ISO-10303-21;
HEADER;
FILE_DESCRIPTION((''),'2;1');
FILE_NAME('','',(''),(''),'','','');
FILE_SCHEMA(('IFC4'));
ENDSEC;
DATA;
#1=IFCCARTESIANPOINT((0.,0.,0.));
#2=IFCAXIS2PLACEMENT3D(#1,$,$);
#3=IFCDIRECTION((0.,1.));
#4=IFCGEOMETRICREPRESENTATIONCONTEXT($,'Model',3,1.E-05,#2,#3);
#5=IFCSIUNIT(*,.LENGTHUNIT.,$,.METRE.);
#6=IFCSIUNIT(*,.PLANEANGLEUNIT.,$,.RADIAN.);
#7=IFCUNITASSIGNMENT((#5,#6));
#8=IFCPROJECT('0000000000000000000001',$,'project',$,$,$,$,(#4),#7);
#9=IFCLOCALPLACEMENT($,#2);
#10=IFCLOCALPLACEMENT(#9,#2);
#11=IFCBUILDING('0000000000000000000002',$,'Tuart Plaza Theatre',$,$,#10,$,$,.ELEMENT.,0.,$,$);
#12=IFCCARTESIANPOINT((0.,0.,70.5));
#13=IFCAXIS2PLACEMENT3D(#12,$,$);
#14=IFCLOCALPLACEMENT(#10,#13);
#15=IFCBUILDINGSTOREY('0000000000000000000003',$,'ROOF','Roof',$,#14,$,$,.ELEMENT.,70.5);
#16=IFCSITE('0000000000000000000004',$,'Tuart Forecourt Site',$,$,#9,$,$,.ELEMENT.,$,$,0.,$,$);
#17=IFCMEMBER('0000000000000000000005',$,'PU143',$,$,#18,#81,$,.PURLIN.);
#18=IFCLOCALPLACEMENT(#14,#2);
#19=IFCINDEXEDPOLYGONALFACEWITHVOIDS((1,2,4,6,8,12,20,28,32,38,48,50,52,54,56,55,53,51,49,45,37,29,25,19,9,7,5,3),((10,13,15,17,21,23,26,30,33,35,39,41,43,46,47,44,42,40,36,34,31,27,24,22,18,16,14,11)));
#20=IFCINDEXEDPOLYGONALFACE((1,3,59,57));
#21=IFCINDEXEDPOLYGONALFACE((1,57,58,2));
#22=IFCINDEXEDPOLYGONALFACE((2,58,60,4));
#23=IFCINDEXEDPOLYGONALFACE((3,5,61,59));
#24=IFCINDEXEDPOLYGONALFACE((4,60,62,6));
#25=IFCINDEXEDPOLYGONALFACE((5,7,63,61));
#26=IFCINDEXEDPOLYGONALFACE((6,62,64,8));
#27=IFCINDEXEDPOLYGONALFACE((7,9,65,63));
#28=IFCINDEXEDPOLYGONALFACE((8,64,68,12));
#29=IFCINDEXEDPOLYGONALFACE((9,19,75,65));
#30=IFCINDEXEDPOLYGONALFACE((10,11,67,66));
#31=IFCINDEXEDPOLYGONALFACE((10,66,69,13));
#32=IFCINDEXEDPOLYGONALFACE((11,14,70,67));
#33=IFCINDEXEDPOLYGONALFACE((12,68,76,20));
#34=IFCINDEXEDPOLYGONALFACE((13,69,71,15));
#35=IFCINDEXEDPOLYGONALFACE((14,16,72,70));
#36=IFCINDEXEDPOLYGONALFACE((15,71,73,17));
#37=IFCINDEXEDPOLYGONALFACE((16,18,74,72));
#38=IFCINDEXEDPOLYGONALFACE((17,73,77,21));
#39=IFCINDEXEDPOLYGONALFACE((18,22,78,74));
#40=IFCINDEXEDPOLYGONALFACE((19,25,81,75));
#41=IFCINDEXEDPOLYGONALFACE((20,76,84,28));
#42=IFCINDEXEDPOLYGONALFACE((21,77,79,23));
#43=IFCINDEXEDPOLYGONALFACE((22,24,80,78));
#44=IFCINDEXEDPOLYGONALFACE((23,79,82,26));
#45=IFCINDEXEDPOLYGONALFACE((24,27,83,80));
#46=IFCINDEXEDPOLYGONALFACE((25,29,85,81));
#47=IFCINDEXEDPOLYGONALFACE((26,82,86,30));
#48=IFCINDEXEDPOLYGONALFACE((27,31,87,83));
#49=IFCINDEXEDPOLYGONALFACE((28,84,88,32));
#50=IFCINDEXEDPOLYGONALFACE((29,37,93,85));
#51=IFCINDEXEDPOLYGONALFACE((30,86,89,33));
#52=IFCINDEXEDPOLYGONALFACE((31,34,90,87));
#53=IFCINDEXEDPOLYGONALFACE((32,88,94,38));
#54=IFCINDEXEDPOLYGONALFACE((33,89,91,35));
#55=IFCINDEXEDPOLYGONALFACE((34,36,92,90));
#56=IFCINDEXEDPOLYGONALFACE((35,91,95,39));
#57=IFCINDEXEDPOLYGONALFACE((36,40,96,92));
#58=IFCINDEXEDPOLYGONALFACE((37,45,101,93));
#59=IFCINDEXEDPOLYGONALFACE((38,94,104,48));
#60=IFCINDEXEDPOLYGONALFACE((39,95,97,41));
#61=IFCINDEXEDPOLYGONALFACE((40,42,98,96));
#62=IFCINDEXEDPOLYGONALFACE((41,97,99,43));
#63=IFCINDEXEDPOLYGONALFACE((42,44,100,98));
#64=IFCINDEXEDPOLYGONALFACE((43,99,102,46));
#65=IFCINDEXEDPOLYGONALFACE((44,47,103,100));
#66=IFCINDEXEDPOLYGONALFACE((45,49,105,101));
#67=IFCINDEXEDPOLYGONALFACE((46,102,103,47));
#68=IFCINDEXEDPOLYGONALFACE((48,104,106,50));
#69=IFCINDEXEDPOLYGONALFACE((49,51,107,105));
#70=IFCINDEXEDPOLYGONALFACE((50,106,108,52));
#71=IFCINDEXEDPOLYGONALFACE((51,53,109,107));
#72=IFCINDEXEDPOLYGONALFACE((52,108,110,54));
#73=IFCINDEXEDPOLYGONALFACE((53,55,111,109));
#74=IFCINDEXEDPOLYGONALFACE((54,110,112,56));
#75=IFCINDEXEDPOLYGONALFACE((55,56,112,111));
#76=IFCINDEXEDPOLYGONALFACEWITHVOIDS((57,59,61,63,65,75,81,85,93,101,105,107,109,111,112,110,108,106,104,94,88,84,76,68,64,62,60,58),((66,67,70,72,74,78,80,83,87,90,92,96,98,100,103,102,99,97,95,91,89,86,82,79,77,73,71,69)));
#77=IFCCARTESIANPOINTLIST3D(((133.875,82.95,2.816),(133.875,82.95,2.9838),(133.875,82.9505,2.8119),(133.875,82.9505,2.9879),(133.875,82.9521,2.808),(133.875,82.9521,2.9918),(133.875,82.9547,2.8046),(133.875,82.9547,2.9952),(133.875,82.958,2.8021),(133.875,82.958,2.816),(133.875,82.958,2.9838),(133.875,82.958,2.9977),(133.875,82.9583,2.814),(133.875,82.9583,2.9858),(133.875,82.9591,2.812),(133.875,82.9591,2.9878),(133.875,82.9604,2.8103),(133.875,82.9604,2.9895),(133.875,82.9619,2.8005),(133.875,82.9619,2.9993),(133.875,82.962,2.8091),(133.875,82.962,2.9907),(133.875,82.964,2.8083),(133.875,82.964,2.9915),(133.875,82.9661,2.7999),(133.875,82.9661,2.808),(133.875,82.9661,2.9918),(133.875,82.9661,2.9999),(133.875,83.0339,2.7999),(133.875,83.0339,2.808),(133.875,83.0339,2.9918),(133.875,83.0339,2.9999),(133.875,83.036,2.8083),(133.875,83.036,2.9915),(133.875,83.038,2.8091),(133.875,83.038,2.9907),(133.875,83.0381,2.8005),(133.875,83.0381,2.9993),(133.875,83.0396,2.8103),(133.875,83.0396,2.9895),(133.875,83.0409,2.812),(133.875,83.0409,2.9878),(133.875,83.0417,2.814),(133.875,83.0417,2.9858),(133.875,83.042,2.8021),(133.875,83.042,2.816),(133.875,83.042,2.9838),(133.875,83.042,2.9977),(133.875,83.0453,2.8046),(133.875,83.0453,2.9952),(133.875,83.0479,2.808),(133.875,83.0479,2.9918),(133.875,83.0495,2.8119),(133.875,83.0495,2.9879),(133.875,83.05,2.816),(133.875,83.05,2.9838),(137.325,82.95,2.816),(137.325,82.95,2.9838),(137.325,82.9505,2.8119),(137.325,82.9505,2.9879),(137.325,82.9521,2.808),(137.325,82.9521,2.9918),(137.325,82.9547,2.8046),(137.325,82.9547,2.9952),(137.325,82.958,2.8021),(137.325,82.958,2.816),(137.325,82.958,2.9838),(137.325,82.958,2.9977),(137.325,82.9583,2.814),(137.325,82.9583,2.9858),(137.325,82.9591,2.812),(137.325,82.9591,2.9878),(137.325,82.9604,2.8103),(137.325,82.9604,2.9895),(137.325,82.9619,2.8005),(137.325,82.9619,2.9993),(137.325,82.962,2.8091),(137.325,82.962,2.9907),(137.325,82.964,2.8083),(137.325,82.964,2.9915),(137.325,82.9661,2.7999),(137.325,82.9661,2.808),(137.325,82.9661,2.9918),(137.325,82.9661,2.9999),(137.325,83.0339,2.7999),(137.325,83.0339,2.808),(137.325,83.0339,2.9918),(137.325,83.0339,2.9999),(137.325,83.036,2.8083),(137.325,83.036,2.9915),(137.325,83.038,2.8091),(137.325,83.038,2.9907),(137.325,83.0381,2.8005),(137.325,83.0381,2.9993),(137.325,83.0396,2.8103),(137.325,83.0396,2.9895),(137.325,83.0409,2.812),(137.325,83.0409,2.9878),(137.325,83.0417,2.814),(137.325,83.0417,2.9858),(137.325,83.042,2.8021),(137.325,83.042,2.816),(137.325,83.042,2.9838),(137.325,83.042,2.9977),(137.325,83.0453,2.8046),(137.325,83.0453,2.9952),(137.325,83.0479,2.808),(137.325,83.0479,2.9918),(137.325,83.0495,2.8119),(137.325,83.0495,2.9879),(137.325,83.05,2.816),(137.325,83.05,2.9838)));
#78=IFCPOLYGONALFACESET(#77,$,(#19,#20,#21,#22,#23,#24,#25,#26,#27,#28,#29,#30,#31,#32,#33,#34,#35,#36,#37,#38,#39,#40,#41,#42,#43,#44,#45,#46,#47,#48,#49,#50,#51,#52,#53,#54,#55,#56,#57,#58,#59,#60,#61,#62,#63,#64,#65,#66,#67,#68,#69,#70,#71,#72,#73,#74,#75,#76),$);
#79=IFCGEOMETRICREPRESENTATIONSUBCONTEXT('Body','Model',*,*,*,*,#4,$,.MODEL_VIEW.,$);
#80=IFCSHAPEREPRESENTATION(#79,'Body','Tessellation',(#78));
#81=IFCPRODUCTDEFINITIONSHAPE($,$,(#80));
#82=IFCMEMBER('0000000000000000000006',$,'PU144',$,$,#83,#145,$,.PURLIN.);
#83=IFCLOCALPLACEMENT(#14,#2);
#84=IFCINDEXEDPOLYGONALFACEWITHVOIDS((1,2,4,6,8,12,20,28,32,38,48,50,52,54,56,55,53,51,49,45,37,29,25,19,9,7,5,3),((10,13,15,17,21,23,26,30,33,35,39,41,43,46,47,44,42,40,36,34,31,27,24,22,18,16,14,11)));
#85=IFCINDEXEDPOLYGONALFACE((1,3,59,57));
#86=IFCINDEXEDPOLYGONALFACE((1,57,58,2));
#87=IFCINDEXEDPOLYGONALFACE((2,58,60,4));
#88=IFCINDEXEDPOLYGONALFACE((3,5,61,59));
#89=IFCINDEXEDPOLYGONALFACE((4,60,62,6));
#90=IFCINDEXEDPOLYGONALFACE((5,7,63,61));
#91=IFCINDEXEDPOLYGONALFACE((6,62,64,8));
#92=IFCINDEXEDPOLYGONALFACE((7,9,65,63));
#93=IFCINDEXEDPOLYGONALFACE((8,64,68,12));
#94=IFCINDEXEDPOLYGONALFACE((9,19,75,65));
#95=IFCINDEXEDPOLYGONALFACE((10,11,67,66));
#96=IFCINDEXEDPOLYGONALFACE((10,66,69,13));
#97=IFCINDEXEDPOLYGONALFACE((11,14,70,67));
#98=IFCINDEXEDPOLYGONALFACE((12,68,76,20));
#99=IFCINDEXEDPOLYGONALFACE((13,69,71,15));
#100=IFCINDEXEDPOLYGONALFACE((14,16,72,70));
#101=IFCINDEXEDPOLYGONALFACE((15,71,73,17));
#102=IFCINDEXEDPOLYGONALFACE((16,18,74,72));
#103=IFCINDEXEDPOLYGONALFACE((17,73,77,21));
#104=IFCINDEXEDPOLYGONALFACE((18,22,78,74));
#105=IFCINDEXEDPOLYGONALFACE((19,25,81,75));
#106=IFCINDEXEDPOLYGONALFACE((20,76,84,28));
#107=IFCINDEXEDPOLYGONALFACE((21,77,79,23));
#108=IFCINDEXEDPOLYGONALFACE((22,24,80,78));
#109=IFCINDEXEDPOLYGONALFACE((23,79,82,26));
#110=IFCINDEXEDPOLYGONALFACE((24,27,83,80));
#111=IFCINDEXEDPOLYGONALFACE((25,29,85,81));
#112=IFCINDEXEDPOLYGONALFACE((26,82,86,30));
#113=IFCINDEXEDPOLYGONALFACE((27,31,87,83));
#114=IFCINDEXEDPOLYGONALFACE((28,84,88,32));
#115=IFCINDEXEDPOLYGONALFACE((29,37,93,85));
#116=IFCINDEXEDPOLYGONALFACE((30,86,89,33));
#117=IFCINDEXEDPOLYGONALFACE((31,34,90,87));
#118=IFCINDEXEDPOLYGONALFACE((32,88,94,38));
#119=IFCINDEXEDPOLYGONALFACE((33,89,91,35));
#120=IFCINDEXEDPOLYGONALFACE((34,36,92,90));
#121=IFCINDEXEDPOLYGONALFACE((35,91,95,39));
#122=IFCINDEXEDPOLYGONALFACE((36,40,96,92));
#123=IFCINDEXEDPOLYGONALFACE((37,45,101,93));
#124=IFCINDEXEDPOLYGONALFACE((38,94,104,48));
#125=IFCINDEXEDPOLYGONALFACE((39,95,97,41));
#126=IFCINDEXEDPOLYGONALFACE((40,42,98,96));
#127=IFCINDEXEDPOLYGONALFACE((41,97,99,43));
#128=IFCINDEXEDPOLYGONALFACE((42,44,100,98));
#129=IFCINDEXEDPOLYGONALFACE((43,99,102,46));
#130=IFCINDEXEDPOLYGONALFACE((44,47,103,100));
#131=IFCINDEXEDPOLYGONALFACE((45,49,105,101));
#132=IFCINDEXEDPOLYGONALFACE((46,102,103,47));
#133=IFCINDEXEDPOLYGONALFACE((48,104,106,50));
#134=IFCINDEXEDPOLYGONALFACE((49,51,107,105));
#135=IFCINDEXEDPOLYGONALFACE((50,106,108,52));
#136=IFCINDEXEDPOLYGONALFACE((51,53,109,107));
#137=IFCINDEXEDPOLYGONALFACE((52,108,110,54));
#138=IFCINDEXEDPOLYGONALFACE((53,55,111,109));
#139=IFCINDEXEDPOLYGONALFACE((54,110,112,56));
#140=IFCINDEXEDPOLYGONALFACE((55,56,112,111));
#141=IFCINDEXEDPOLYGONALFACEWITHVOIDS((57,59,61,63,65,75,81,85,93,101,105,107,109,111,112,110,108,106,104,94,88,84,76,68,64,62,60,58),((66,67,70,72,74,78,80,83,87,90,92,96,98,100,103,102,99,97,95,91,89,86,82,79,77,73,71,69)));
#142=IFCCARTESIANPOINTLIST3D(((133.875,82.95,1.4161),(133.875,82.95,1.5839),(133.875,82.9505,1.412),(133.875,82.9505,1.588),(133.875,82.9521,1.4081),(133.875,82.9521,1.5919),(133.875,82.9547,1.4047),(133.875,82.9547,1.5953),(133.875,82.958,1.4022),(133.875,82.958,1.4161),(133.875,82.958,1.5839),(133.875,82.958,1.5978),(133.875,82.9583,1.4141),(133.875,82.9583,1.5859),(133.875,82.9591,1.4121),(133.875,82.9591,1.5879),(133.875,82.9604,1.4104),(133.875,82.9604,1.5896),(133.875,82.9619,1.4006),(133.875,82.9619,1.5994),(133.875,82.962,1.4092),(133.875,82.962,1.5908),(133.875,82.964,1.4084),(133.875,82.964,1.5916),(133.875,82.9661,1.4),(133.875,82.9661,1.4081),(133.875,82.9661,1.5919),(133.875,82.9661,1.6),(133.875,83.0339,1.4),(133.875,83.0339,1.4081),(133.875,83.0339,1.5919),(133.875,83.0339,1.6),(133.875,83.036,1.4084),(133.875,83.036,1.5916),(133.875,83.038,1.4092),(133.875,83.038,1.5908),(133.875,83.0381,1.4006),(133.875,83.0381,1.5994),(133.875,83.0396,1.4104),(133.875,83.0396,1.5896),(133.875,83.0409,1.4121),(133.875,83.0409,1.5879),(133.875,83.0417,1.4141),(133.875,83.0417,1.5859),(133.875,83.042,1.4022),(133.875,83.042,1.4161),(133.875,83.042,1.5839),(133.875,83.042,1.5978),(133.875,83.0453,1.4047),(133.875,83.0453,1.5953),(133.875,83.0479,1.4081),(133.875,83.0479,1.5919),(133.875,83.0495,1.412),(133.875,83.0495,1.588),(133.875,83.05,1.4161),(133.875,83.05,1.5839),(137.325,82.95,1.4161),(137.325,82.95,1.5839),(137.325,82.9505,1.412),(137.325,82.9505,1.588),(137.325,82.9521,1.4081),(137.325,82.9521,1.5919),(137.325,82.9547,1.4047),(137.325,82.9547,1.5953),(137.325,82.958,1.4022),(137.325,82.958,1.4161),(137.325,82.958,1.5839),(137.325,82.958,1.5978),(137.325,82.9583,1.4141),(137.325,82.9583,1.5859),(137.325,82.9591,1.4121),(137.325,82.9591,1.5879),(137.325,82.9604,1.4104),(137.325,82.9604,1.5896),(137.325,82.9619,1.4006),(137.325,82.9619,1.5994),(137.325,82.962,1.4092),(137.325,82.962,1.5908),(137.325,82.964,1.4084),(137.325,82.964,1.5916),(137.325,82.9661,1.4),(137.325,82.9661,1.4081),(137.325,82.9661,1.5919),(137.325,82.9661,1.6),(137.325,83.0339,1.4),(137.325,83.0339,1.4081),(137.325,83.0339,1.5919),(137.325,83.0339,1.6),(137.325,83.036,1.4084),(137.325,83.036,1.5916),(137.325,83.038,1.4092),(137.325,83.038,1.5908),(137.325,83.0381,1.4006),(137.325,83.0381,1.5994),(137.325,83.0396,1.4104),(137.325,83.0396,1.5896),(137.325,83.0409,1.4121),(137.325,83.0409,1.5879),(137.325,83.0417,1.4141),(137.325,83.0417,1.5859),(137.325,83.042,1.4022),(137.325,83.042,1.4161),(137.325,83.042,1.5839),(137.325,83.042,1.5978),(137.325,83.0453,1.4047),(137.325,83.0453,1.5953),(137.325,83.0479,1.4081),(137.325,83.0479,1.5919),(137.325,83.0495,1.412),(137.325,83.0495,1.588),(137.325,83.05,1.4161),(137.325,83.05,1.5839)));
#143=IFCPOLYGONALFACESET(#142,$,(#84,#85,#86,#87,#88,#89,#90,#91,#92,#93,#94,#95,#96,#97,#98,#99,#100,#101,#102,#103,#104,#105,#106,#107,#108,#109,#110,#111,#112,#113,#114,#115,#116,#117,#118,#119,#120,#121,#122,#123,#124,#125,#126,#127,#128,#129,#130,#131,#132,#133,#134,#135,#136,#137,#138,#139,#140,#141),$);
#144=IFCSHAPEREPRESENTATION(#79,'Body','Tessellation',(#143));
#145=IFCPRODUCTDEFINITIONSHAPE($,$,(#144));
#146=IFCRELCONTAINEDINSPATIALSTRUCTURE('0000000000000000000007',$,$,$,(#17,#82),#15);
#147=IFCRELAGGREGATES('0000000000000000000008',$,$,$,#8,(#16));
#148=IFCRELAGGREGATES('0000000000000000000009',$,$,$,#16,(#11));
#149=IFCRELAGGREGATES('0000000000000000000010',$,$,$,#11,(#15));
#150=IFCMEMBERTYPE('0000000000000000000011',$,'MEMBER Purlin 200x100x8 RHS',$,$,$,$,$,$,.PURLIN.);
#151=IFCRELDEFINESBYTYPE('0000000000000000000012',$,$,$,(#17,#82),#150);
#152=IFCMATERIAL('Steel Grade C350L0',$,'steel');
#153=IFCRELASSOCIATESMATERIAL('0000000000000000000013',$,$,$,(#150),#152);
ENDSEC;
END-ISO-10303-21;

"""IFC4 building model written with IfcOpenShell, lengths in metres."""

from ifc_helpers import new_model, si_unit, direction, frame, origin, origin_2d, place, context, subcontext, project, spatial, hollow_rectangle, extrude, material, material_profile, profile_set, type_object, element, save


model = new_model("IFC4")

# Units and contexts
model_context = context("Model", 3, precision=1e-05, world=origin(), true_north=direction((0.0, 1.0)))
body_context = subcontext(model_context, "Body", "Model", "MODEL_VIEW")
ifc_project = project(units=[si_unit("LENGTHUNIT", "METRE"), si_unit("PLANEANGLEUNIT", "RADIAN")], contexts=[model_context])

# Site, building, storey
site_placement = place(None, origin())
site = spatial("IfcSite", under=ifc_project, at=site_placement, Name="Tuart Forecourt Site", CompositionType="ELEMENT", RefElevation=0.0)
building_placement = place(site_placement, origin())
building = spatial("IfcBuilding", under=site, at=building_placement, Name="Tuart Plaza Theatre", CompositionType="ELEMENT", ElevationOfRefHeight=0.0)
storey_placement = place(building_placement, frame((0.0, 0.0, 70.5)))
storey = spatial("IfcBuildingStorey", under=building, at=storey_placement, Name="ROOF", Description="Roof", CompositionType="ELEMENT", Elevation=70.5)

# Members
ifc_material_1 = material(Name="Steel Grade C350L0", Category="steel")
ifc_material_profile_1 = material_profile(ifc_material_1, hollow_rectangle(XDim=0.1001, YDim=0.2, WallThickness=0.0081, InnerFilletRadius=0.0081, OuterFilletRadius=0.0161, at=origin_2d()), Name="200x100x8 RHS")
ifc_profile_set_1 = profile_set([ifc_material_profile_1], Name="Steel Grade C350L0")
member_type = type_object("IfcMemberType", Name="MEMBER Purlin 200x100x8 RHS", PredefinedType="PURLIN", material=ifc_profile_set_1)
for number, where, z_axis, x_axis, name in (
    (1, (137.325, 83.0, 2.8999), (-1.0, 0.0, 0.0), (0.0, -1.0, 0.0), "PU143"),
    (2, (137.325, 83.0, 1.5), (-1.0, 0.0, 0.0), (0.0, -1.0, 0.0), "PU144"),
):
    element("IfcMember", number, at=place(storey_placement, frame(where, z_axis=z_axis, x_axis=x_axis)), inside=storey, type_object=member_type, Name=name, PredefinedType="PURLIN", context=body_context, shape_type="SweptSolid", body=[
        extrude(hollow_rectangle(XDim=0.1001, YDim=0.2, WallThickness=0.0081, InnerFilletRadius=0.0081, OuterFilletRadius=0.0161, at=origin_2d()), origin(), (0.0, 0.0, 1.0), 3.45),
    ])

save(model, "model.ifc")
